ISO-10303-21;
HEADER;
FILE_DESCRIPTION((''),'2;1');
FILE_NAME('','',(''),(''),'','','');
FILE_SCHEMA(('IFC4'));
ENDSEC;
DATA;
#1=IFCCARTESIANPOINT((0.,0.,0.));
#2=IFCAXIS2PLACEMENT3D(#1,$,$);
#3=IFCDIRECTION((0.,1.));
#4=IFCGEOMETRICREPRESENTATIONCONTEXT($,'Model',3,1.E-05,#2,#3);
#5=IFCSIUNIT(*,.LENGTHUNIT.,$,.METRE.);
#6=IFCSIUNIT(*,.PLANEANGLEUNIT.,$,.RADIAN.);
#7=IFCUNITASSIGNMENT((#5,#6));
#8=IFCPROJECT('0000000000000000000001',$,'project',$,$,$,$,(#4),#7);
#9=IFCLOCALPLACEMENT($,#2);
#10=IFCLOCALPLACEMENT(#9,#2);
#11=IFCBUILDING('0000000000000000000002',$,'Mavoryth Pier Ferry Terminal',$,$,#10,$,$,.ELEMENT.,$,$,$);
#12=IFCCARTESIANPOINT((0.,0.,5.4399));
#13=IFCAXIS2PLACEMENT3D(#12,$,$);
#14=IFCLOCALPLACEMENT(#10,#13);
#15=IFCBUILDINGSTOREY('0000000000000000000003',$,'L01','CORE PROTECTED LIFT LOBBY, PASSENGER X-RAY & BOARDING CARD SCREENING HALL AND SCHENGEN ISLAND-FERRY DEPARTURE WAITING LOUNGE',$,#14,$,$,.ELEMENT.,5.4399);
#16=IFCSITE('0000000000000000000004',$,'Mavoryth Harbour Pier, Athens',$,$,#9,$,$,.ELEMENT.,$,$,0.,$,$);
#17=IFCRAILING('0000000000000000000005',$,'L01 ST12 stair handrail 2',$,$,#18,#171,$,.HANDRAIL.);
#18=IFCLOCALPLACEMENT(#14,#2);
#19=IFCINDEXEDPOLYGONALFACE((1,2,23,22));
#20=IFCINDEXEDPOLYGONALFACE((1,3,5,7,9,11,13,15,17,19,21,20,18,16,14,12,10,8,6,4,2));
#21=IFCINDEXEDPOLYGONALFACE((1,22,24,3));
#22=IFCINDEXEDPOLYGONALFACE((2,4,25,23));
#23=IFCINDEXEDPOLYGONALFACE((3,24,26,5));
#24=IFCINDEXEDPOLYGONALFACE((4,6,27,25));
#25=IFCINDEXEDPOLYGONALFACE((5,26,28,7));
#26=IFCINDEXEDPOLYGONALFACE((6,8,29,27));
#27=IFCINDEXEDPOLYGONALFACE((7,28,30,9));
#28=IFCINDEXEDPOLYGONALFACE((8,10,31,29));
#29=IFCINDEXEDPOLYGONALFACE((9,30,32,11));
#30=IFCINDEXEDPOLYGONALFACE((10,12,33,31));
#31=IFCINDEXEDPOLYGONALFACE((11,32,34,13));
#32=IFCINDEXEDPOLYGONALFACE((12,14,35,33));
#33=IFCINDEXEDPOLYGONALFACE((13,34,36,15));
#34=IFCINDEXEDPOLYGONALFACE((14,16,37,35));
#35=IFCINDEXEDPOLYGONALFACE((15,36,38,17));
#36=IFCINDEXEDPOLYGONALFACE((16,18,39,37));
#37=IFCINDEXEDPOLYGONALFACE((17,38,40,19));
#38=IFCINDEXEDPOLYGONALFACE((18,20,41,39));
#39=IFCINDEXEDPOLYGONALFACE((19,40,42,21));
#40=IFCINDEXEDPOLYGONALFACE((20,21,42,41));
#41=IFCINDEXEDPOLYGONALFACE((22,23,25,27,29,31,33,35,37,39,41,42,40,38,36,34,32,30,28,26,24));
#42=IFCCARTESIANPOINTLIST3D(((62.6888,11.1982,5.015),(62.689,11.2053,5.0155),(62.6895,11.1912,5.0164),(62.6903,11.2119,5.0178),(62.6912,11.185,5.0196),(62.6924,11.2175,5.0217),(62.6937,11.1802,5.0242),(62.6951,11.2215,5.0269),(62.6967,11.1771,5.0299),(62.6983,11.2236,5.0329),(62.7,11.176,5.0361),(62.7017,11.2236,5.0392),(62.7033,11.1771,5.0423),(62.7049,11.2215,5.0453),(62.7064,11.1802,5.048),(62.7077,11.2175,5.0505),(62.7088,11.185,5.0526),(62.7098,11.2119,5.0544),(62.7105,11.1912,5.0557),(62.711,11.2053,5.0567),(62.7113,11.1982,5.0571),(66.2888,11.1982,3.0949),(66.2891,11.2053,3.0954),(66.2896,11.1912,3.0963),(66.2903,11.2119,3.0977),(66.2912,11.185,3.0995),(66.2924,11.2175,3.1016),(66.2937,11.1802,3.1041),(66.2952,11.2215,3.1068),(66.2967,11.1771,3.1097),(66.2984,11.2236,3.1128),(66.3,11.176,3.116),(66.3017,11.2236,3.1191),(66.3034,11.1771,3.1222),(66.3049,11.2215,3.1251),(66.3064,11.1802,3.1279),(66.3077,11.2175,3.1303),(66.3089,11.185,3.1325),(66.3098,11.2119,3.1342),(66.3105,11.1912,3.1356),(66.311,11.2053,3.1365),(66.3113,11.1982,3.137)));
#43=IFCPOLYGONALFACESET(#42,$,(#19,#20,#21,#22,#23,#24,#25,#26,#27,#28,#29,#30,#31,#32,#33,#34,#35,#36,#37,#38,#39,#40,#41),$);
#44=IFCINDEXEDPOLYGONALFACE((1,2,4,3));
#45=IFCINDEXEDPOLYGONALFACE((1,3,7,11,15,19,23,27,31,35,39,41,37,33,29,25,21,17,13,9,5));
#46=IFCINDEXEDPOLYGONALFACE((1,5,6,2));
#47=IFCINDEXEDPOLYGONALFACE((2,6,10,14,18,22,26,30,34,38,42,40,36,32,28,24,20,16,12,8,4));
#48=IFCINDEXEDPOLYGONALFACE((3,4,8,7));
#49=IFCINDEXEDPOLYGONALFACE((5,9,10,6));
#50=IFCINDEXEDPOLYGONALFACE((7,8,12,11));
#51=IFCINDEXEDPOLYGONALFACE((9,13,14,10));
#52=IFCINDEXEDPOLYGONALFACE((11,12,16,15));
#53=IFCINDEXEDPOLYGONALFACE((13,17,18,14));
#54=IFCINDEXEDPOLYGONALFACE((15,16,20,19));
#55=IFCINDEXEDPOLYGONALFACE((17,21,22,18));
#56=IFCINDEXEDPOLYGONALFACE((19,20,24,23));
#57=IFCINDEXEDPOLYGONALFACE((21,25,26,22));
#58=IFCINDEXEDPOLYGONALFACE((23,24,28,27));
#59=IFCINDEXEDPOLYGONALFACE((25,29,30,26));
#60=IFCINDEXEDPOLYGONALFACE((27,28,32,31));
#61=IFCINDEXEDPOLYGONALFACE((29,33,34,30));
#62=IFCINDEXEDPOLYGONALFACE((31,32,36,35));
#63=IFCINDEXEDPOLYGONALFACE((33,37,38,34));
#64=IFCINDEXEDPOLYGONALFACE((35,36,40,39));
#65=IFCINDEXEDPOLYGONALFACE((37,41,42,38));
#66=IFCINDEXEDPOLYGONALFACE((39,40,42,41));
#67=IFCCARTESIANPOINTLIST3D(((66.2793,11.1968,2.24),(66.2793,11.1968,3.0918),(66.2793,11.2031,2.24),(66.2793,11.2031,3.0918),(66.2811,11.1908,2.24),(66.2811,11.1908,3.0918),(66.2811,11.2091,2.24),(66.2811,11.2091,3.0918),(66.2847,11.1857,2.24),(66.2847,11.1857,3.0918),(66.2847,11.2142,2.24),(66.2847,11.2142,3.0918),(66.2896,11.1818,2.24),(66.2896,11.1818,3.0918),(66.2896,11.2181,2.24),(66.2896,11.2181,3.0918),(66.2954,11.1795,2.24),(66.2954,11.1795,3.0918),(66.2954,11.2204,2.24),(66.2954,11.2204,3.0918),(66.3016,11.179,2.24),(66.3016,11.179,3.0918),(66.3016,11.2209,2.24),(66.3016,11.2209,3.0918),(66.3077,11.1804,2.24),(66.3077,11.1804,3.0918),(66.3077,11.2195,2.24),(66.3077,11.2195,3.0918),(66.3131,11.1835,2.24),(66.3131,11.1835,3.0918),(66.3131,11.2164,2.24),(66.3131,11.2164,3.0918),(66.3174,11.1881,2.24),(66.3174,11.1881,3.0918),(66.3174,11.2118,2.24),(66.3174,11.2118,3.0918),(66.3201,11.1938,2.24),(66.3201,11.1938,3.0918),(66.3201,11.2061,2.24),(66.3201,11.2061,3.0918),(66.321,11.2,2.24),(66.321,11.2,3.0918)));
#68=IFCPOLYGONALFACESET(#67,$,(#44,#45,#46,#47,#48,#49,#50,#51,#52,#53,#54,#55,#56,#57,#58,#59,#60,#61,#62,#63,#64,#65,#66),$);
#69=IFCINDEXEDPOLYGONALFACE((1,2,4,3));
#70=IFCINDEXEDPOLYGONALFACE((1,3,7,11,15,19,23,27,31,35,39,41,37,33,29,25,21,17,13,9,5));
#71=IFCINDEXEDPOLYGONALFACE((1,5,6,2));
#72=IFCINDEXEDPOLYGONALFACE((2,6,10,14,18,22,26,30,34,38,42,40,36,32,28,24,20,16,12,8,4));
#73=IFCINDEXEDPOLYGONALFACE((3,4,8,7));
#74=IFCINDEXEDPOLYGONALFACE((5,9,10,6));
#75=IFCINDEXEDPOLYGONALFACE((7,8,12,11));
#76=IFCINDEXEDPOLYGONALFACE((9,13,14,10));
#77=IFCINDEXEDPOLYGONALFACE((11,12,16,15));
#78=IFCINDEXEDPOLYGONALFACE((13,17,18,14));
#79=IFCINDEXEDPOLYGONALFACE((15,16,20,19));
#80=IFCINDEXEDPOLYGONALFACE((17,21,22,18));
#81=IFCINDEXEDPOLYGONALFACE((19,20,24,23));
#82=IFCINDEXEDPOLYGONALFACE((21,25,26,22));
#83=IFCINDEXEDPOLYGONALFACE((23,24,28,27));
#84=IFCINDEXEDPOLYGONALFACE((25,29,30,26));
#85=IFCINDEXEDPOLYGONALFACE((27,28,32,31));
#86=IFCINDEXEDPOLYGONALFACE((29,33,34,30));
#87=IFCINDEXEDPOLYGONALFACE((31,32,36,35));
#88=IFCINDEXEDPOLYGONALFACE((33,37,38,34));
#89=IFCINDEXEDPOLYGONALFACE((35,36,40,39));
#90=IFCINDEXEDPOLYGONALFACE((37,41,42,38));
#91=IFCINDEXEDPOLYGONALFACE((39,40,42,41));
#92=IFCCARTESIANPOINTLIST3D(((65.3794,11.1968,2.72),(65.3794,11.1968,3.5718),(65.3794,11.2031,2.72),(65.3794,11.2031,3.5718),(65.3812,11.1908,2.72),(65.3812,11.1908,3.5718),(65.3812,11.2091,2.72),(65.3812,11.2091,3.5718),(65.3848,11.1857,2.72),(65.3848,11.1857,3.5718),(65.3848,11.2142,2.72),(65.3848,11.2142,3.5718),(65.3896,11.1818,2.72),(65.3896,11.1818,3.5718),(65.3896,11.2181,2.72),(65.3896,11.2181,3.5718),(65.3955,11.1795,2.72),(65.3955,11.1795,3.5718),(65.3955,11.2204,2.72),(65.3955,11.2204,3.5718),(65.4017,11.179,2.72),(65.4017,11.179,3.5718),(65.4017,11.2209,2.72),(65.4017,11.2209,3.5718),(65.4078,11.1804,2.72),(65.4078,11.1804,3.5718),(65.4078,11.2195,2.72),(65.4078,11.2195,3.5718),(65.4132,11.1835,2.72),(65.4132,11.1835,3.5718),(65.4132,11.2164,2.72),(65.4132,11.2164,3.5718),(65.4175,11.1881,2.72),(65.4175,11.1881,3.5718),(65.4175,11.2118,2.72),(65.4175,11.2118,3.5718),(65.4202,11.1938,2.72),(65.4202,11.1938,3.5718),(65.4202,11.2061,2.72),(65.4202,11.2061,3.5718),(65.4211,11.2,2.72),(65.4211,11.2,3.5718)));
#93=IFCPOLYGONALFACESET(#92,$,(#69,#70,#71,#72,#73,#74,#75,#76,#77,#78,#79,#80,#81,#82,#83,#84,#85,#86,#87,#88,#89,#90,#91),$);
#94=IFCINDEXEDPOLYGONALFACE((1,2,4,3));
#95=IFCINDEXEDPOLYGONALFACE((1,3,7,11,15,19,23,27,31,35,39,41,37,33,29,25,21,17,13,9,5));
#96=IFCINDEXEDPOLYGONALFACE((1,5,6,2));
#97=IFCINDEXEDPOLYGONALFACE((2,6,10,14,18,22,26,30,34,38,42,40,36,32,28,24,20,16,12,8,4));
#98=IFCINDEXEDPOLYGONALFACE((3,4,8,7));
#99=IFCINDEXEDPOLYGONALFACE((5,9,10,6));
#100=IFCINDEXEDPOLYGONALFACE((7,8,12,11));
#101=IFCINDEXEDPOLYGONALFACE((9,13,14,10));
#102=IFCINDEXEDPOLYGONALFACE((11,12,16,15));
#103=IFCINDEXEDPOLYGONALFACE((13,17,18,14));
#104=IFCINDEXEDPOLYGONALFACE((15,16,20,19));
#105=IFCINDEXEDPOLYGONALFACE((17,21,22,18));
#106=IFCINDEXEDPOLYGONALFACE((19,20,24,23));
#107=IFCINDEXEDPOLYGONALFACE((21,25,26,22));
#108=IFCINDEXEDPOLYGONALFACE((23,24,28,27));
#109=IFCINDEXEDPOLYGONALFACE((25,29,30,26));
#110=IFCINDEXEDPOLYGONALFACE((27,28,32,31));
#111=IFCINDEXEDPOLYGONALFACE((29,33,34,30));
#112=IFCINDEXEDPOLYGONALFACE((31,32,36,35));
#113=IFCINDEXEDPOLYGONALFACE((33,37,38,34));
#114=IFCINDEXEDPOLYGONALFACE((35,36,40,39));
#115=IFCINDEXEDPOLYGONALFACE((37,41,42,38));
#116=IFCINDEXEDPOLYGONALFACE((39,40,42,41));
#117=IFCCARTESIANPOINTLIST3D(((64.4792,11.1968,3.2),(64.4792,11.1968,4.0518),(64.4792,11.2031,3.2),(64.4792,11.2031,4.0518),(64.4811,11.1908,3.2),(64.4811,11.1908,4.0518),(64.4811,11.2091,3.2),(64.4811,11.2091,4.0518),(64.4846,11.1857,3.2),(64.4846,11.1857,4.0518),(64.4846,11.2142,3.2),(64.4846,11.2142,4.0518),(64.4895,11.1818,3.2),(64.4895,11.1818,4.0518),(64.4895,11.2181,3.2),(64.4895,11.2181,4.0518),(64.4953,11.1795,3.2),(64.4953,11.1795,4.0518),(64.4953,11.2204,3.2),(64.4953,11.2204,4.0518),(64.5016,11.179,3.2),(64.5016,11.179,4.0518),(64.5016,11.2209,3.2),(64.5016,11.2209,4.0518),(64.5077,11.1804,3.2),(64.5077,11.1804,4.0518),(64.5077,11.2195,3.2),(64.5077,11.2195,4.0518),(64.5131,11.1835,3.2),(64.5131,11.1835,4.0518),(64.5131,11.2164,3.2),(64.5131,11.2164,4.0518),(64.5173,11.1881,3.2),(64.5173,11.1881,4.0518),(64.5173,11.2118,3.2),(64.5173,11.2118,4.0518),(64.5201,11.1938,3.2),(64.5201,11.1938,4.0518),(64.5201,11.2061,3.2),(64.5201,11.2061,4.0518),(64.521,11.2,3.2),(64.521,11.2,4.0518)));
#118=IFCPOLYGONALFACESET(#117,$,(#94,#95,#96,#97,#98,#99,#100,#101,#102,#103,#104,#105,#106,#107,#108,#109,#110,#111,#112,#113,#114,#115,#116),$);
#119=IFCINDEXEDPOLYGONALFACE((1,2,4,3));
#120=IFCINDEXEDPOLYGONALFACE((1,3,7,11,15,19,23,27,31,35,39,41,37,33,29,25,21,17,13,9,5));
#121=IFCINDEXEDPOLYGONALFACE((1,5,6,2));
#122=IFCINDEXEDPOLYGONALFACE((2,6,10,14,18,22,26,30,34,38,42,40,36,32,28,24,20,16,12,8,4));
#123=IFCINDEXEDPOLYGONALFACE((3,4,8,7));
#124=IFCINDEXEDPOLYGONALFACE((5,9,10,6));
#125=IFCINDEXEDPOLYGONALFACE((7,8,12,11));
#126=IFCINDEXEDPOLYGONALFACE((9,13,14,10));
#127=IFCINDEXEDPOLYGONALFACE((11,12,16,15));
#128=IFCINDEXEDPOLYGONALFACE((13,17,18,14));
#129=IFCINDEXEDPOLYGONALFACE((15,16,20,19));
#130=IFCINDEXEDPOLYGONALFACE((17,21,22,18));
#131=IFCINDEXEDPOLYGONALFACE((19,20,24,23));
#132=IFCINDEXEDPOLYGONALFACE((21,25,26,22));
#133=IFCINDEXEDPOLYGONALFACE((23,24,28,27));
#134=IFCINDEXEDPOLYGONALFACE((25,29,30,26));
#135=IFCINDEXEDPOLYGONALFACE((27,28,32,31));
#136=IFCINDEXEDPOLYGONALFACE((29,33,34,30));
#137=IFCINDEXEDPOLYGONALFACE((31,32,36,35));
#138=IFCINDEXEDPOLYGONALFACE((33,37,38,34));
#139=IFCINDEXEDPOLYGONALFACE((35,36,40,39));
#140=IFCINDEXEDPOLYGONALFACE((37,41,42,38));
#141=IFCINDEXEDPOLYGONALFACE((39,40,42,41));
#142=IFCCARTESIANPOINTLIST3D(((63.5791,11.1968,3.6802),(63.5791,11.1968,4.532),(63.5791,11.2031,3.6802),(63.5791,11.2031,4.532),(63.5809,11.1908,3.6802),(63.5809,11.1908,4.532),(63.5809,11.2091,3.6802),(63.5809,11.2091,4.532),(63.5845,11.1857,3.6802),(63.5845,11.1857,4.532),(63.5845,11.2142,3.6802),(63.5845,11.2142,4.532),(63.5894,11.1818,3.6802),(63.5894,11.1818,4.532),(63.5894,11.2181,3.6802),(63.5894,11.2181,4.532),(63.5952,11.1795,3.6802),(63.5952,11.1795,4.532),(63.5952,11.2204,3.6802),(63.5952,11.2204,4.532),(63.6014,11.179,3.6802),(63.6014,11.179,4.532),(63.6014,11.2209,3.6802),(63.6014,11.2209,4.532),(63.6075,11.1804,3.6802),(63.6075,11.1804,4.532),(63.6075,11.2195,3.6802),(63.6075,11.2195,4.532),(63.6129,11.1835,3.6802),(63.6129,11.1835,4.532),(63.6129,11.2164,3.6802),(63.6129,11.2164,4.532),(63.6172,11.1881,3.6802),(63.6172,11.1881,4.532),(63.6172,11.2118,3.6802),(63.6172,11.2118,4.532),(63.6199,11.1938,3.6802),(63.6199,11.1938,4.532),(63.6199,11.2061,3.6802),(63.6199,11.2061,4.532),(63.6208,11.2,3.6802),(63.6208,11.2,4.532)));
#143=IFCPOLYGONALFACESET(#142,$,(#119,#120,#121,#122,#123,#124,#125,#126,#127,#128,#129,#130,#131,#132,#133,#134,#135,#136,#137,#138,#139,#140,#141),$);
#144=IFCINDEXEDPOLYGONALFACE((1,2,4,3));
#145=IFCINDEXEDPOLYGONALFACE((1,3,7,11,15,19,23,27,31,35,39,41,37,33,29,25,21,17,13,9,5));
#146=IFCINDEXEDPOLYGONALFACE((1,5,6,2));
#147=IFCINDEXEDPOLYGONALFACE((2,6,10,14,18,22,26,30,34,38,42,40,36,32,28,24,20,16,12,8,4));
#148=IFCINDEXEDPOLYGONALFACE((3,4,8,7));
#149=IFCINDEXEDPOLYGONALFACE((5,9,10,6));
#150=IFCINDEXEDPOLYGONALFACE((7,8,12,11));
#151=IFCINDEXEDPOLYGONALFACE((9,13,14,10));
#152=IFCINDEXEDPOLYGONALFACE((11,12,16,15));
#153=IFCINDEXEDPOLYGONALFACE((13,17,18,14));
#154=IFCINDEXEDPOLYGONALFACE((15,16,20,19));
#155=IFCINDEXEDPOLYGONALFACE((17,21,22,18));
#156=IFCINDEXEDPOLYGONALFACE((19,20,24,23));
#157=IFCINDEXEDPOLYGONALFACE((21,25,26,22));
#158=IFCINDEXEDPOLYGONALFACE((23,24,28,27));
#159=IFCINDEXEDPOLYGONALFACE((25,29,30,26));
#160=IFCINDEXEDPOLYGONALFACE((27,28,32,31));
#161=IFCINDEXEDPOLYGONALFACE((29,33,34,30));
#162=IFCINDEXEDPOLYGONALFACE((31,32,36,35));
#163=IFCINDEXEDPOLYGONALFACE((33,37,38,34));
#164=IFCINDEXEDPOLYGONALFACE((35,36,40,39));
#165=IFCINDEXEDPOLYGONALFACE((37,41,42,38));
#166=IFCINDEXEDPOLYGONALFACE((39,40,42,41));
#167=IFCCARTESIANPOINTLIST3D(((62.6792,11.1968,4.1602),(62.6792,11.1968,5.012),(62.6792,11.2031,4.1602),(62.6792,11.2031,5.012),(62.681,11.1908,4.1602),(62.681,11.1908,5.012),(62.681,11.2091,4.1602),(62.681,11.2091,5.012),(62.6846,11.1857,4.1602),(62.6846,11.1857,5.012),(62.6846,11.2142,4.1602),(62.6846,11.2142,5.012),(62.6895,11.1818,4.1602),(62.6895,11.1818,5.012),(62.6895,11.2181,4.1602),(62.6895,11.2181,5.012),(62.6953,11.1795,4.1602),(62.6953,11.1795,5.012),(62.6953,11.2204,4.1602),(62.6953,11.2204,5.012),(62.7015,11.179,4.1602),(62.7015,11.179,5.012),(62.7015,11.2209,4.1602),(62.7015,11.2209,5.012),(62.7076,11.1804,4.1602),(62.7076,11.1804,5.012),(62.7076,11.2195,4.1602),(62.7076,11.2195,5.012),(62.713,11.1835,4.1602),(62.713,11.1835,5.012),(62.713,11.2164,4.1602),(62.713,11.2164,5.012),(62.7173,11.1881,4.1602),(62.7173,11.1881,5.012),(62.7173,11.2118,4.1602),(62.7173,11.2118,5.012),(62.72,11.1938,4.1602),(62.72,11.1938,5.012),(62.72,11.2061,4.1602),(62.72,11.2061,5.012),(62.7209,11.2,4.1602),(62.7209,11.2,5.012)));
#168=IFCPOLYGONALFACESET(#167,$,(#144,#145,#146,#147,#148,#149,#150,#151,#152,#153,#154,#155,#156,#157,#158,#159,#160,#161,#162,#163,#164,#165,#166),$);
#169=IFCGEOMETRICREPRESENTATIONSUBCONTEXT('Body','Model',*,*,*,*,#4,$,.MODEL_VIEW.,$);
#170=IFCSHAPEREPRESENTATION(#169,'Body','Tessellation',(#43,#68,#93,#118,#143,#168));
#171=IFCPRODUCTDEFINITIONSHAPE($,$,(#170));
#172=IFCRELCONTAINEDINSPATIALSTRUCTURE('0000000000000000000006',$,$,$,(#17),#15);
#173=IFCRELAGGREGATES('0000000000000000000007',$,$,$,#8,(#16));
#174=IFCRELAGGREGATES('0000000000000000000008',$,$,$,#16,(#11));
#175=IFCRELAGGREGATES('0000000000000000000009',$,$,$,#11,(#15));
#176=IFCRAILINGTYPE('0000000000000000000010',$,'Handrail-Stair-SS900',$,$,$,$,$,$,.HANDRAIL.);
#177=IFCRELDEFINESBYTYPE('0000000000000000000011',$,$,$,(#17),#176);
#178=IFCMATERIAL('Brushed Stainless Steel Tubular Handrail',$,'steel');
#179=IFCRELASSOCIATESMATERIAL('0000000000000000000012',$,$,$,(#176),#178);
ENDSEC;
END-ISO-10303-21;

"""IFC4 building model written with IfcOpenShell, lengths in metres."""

from ifc_helpers import new_model, si_unit, direction, frame, origin, origin_2d, place, context, subcontext, project, spatial, circle, extrude, material, type_object, element, save


model = new_model("IFC4")

# Units and contexts
model_context = context("Model", 3, precision=1e-05, world=origin(), true_north=direction((0.0, 1.0)))
body_context = subcontext(model_context, "Body", "Model", "MODEL_VIEW")
ifc_project = project(units=[si_unit("LENGTHUNIT", "METRE"), si_unit("PLANEANGLEUNIT", "RADIAN")], contexts=[model_context])

# Site, building, storey
site_placement = place(None, origin())
site = spatial("IfcSite", under=ifc_project, at=site_placement, Name="Mavoryth Harbour Pier, Athens", CompositionType="ELEMENT", RefElevation=0.0)
building_placement = place(site_placement, origin())
building = spatial("IfcBuilding", under=site, at=building_placement, Name="Mavoryth Pier Ferry Terminal", CompositionType="ELEMENT")
storey_placement = place(building_placement, frame((0.0, 0.0, 5.4399)))
storey = spatial("IfcBuildingStorey", under=building, at=storey_placement, Name="L01", Description="CORE PROTECTED LIFT LOBBY, PASSENGER X-RAY & BOARDING CARD SCREENING HALL AND SCHENGEN ISLAND-FERRY DEPARTURE WAITING LOUNGE", CompositionType="ELEMENT", Elevation=5.4399)

# Railing
ifc_material_1 = material(Name="Brushed Stainless Steel Tubular Handrail", Category="steel")
railing_type_1 = type_object("IfcRailingType", Name="Handrail-Stair-SS900", PredefinedType="HANDRAIL", material=ifc_material_1)
railing_1_placement = place(storey_placement, frame((66.3, 11.2, 2.24)))
element("IfcRailing", 1, at=railing_1_placement, inside=storey, type_object=railing_type_1, Name="L01 ST12 stair handrail 2", PredefinedType="HANDRAIL", context=body_context, shape_type="SweptSolid", body=[
    extrude(circle(Radius=0.0239, at=origin_2d()), frame((0.0, 0.0, 0.876), z_axis=(-0.882341, 0.0, 0.47061), x_axis=(0.0, -1.0, 0.0)), (0.0, 0.0, 1.0), 4.0801),
    extrude(circle(Radius=0.021, at=origin_2d()), origin(), (0.0, 0.0, 1.0), 0.8518),
    extrude(circle(Radius=0.021, at=origin_2d()), frame((-0.8999, 0.0, 0.48)), (0.0, 0.0, 1.0), 0.8518),
    extrude(circle(Radius=0.021, at=origin_2d()), frame((-1.8, 0.0, 0.96)), (0.0, 0.0, 1.0), 0.8518),
    extrude(circle(Radius=0.021, at=origin_2d()), frame((-2.7002, 0.0, 1.4402)), (0.0, 0.0, 1.0), 0.8518),
    extrude(circle(Radius=0.021, at=origin_2d()), frame((-3.6001, 0.0, 1.9202)), (0.0, 0.0, 1.0), 0.8518),
])

save(model, "model.ifc")
